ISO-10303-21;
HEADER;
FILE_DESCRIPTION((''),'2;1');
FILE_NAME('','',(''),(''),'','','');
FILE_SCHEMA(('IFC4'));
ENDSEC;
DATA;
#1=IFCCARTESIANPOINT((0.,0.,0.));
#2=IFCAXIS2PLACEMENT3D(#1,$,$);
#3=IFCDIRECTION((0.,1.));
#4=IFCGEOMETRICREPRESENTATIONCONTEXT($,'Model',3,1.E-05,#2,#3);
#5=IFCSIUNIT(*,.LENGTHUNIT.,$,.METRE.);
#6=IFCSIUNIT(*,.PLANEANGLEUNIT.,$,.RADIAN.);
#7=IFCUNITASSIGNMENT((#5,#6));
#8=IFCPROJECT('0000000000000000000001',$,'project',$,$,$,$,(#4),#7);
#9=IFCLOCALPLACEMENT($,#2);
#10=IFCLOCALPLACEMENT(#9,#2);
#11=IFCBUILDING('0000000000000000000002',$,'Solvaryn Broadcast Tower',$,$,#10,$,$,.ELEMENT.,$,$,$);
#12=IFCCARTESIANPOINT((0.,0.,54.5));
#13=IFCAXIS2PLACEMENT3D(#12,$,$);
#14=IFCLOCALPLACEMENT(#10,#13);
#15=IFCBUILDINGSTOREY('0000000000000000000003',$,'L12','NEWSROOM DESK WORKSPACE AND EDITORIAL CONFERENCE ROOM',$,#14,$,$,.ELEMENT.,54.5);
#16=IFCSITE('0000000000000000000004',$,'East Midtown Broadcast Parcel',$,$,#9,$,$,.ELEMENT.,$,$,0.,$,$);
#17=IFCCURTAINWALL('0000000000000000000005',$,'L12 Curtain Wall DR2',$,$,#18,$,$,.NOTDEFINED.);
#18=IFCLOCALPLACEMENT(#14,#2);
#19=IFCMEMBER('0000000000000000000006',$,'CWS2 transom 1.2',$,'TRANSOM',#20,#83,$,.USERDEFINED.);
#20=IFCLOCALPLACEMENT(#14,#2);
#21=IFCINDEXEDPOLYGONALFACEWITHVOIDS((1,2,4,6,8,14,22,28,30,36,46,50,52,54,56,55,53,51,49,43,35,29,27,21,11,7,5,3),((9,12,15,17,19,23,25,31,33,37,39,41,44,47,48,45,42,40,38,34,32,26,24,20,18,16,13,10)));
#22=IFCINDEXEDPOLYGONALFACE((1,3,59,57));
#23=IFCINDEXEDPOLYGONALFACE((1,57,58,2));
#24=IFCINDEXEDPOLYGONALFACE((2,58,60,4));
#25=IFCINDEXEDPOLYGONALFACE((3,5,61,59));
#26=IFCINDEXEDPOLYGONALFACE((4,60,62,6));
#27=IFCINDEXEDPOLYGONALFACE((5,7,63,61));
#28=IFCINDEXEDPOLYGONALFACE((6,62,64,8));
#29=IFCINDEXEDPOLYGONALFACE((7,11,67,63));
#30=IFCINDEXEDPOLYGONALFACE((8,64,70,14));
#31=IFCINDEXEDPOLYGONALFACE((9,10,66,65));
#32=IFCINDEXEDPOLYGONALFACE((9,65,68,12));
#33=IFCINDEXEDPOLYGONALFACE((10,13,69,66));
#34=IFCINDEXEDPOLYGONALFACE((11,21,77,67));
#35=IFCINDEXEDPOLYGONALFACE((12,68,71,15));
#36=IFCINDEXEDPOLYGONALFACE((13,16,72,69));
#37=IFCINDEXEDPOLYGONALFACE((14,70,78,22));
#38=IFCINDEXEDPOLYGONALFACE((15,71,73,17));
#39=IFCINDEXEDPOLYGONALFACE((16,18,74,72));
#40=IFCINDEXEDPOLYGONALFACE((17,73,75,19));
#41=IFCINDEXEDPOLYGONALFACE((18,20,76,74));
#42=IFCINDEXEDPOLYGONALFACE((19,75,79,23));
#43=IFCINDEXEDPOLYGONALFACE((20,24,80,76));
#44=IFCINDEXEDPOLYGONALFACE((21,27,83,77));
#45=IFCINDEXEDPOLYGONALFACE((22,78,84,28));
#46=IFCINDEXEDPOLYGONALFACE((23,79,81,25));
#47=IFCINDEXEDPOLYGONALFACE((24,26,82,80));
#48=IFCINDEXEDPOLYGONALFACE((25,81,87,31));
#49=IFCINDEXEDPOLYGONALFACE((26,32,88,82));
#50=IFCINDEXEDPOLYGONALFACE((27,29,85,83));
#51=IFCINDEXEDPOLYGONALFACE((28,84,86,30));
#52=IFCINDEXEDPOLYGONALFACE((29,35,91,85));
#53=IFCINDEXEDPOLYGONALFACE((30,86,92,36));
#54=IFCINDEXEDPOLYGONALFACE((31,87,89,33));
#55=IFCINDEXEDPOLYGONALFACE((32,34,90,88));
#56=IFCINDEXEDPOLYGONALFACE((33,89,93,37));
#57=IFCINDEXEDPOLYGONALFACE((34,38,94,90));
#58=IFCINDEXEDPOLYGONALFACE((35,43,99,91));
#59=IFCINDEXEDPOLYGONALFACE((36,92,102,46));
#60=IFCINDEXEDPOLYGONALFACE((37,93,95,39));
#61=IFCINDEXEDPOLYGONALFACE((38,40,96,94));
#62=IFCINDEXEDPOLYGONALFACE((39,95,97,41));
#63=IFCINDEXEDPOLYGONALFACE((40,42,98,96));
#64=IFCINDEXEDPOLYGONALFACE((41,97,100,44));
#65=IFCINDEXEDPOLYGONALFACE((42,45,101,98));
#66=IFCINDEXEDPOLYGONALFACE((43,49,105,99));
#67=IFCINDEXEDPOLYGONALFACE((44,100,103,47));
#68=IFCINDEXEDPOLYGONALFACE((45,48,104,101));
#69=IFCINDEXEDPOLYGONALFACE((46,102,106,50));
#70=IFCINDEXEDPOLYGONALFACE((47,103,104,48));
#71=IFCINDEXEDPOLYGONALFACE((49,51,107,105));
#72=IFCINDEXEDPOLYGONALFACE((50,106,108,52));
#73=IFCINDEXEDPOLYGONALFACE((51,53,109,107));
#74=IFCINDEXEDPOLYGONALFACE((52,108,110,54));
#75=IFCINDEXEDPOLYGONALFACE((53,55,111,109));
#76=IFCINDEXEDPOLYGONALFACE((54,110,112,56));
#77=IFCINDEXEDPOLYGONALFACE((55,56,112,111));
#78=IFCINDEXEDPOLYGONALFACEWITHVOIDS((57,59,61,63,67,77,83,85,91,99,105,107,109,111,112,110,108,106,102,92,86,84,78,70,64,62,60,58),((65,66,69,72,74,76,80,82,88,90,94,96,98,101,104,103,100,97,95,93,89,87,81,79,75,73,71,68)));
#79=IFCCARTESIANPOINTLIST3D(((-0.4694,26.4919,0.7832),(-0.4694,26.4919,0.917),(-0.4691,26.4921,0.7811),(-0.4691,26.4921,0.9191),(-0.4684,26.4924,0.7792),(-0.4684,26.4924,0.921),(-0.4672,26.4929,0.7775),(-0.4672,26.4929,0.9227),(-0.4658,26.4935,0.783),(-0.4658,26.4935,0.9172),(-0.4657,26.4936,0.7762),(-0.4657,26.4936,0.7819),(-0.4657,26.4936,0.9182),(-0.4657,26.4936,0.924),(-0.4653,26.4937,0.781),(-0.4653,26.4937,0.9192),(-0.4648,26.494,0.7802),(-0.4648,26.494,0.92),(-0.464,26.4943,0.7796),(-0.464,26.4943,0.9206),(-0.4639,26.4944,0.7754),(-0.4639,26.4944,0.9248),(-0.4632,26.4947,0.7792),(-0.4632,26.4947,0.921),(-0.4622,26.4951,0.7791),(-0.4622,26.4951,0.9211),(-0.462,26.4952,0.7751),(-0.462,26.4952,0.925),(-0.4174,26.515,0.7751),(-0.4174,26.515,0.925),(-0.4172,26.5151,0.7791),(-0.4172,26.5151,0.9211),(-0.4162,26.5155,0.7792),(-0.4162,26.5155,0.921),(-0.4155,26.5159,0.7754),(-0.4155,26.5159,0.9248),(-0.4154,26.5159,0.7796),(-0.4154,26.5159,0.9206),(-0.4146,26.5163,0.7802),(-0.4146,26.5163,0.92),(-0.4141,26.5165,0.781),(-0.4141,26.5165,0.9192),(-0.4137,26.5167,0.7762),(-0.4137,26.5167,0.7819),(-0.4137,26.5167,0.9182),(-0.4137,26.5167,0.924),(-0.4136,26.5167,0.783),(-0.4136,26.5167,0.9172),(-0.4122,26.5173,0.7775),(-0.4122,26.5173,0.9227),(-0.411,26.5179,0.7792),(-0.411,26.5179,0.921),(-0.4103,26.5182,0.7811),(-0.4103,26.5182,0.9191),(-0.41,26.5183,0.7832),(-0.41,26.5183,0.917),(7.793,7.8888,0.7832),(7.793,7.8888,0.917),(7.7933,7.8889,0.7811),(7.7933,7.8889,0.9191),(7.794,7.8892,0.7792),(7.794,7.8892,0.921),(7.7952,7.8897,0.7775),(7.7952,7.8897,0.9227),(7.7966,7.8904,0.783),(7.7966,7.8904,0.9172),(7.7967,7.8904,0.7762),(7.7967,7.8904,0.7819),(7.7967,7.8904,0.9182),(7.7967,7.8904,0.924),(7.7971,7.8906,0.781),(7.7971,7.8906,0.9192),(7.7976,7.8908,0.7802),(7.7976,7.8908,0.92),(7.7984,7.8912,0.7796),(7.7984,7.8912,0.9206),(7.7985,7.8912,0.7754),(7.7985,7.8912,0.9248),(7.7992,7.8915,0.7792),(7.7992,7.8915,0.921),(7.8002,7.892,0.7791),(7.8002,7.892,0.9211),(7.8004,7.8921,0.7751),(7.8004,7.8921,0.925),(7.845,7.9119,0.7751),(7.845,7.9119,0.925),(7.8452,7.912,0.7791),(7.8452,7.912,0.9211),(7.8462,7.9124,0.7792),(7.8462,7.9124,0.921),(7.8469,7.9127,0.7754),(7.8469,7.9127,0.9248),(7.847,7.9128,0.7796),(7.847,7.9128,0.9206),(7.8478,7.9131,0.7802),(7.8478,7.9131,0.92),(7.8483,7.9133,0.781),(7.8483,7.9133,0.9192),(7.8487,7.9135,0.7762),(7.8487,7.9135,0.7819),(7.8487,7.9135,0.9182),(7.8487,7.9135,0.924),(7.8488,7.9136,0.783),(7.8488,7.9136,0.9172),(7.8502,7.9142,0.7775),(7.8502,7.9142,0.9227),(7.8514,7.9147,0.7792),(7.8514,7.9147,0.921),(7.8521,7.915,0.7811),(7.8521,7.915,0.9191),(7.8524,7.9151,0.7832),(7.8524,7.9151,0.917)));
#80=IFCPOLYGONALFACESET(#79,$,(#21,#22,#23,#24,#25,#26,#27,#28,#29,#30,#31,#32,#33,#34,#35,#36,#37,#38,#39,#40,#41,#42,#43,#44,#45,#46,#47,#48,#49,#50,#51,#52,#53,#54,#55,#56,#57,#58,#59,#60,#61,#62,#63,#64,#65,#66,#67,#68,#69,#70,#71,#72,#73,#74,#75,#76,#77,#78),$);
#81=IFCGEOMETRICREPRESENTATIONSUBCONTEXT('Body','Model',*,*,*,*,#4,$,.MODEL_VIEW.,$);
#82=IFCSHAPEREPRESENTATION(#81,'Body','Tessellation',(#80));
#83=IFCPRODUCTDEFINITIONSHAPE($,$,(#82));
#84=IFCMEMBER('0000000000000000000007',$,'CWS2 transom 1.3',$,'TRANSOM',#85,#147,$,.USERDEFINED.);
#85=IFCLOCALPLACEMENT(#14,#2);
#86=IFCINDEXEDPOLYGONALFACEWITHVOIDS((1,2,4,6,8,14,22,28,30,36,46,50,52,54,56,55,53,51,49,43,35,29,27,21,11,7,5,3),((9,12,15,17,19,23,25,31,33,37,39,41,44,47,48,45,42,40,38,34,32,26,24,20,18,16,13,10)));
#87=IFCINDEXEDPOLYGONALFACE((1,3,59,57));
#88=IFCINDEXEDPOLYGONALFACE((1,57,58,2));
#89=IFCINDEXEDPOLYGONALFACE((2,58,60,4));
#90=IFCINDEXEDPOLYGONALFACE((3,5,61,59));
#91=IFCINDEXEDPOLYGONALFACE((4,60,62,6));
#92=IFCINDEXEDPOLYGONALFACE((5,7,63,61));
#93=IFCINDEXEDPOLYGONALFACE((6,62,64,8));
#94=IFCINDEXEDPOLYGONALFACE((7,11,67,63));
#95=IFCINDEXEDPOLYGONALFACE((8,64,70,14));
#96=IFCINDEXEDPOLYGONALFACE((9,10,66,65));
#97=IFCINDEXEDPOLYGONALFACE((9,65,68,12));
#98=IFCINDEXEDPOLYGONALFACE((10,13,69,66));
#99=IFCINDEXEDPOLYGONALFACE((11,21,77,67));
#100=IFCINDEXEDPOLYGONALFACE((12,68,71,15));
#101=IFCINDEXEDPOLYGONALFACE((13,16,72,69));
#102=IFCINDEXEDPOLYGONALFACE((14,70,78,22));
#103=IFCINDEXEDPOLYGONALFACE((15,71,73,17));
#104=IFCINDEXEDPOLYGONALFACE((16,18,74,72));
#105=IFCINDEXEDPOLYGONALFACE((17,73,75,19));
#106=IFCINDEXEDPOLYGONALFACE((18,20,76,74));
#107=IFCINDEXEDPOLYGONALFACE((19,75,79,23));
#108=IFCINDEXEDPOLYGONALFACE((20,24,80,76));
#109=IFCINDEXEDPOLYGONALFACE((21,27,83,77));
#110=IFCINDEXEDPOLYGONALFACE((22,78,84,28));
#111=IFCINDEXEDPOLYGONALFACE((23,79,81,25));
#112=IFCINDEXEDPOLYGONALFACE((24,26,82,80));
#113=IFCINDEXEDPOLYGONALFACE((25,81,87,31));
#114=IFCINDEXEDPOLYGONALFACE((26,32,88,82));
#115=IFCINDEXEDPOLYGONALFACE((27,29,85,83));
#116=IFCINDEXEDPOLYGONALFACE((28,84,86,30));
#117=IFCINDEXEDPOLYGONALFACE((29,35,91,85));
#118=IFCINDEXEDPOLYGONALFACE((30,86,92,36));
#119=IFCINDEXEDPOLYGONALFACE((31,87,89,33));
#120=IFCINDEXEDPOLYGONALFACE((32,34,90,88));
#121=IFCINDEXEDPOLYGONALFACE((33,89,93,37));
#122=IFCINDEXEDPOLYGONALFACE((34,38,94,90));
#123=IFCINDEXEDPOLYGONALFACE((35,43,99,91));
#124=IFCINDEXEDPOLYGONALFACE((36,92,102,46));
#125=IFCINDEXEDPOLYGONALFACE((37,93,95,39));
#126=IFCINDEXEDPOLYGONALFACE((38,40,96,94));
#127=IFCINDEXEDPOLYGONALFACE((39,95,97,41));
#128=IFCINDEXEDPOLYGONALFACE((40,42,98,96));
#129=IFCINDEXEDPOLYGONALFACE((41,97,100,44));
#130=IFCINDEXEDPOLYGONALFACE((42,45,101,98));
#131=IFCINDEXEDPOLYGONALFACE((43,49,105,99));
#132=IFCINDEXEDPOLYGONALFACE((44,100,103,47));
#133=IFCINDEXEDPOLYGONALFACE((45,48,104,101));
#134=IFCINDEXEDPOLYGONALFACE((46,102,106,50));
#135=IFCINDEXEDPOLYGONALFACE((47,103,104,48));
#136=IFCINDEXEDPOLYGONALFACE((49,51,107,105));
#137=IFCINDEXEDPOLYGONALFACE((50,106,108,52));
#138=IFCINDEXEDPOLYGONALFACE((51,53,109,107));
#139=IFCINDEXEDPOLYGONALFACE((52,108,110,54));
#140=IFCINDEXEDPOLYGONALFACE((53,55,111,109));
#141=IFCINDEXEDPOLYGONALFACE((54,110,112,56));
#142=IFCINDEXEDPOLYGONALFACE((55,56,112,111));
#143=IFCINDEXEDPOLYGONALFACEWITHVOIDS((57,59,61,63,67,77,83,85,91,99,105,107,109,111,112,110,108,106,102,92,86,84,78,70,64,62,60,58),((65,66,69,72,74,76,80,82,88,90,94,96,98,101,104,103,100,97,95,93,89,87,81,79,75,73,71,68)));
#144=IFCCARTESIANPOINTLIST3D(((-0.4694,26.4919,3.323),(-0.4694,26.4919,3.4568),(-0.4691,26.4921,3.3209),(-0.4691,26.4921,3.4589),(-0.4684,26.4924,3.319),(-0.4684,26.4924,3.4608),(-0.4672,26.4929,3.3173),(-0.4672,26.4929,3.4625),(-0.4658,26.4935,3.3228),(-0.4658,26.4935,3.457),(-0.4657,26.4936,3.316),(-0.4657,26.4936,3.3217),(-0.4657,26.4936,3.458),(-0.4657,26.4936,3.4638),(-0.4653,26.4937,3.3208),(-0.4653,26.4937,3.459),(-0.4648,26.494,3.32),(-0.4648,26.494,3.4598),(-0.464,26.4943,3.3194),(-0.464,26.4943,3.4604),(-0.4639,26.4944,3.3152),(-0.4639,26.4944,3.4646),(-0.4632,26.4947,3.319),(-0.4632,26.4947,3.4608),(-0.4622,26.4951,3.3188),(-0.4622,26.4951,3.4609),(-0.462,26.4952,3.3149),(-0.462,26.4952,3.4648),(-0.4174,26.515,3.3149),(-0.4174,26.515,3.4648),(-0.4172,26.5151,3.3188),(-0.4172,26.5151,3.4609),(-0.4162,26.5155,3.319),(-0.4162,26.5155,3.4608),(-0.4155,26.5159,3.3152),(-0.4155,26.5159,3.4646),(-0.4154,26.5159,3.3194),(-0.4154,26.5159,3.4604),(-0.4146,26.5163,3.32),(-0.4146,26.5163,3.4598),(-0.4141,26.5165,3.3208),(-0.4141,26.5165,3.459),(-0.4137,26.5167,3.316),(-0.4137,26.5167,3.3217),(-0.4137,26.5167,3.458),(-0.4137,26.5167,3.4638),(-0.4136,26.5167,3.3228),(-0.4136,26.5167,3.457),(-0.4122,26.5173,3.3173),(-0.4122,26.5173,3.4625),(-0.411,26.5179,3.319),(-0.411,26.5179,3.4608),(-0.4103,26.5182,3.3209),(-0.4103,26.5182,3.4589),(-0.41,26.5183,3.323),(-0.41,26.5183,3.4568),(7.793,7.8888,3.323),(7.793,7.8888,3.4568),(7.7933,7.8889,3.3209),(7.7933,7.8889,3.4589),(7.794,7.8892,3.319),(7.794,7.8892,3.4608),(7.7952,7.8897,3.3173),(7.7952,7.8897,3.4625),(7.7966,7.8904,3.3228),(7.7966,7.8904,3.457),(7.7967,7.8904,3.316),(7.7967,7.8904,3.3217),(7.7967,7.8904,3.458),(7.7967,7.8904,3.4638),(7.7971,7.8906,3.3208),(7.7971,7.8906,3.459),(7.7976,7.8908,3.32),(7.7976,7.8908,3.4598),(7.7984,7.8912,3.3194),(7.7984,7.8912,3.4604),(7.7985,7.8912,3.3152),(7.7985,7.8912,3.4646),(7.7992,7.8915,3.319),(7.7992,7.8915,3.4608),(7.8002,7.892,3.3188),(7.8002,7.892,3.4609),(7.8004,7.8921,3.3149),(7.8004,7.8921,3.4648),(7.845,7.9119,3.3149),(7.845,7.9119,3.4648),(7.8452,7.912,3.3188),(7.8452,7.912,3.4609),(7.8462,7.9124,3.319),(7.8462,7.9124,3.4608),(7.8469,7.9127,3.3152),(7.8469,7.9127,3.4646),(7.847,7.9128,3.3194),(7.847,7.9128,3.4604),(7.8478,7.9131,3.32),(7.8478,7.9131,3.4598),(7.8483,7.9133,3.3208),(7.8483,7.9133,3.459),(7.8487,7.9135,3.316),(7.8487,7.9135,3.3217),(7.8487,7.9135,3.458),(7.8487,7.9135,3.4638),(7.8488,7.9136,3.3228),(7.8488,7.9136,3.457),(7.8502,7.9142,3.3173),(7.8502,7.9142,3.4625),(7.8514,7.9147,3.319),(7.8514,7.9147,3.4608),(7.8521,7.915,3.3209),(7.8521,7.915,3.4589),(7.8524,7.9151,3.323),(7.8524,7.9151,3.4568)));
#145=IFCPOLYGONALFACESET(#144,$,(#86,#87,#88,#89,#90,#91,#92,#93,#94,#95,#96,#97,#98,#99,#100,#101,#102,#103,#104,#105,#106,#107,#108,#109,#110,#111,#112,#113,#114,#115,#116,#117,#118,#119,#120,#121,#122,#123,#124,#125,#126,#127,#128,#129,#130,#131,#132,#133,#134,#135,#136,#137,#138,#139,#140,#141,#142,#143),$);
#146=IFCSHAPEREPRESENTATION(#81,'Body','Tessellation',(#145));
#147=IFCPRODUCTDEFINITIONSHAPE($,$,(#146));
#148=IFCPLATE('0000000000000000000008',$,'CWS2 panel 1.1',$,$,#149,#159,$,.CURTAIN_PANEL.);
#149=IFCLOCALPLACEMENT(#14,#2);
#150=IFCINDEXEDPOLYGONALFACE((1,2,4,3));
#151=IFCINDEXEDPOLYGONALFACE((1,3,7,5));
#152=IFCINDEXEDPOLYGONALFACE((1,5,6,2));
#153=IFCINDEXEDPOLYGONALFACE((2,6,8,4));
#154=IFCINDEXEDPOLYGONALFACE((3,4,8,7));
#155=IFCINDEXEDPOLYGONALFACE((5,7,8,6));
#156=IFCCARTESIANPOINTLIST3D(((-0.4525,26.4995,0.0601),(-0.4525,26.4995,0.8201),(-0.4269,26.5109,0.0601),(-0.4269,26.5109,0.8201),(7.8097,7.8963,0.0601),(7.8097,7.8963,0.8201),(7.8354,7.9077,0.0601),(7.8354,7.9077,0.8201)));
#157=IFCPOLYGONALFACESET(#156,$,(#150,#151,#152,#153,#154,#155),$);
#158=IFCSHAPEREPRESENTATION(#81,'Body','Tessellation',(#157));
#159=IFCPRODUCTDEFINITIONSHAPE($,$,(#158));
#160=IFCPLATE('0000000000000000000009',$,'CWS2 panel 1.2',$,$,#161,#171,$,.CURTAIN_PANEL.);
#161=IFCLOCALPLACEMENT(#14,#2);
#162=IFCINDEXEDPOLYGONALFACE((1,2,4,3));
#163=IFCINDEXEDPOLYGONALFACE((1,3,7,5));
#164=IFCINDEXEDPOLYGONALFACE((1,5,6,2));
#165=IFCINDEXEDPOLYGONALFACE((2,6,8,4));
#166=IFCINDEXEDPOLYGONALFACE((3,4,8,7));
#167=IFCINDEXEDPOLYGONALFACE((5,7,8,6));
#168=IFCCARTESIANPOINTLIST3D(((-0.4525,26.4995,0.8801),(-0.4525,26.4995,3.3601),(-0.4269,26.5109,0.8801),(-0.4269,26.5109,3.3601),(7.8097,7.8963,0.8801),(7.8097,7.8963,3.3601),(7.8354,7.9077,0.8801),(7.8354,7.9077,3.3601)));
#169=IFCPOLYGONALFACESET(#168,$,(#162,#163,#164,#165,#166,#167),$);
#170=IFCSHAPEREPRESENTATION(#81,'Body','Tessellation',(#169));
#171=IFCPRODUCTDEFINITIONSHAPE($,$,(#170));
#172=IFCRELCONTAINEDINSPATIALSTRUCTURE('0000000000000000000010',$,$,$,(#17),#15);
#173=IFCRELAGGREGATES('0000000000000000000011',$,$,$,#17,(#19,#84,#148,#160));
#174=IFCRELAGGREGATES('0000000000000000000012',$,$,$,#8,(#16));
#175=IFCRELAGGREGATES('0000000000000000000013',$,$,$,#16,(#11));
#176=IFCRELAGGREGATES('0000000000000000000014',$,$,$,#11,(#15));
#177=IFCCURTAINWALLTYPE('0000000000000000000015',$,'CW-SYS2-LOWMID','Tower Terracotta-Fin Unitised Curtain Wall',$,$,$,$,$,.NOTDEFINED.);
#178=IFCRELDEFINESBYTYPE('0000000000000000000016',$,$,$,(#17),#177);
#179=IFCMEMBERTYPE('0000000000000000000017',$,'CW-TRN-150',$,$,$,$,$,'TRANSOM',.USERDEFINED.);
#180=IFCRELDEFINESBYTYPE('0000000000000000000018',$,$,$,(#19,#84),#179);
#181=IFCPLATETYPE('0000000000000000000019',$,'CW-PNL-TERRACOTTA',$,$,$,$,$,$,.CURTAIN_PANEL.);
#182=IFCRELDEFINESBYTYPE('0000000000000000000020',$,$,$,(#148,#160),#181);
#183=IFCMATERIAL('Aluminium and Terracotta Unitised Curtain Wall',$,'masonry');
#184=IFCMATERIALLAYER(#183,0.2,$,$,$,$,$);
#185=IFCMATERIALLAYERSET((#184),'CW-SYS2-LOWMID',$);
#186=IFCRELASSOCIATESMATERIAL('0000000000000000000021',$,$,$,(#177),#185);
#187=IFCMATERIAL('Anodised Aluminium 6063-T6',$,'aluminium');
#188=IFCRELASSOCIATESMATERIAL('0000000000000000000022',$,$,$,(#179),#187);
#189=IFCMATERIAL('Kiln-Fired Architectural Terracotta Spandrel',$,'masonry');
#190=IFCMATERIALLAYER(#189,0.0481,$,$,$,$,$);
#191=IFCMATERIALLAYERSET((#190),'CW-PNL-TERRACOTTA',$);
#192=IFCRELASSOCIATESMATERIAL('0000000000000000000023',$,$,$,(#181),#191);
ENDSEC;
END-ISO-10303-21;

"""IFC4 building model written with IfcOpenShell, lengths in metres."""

from ifc_helpers import new_model, si_unit, direction, frame, origin, origin_2d, place, context, subcontext, project, spatial, rectangle, hollow_rectangle, extrude, material, layer, layer_set, material_profile, profile_set, type_object, element, aggregate, save


model = new_model("IFC4")

# Units and contexts
model_context = context("Model", 3, precision=1e-05, world=origin(), true_north=direction((0.0, 1.0)))
body_context = subcontext(model_context, "Body", "Model", "MODEL_VIEW")
ifc_project = project(units=[si_unit("LENGTHUNIT", "METRE"), si_unit("PLANEANGLEUNIT", "RADIAN")], contexts=[model_context])

# Site, building, storey
site_placement = place(None, origin())
site = spatial("IfcSite", under=ifc_project, at=site_placement, Name="East Midtown Broadcast Parcel", CompositionType="ELEMENT", RefElevation=0.0)
building_placement = place(site_placement, origin())
building = spatial("IfcBuilding", under=site, at=building_placement, Name="Solvaryn Broadcast Tower", CompositionType="ELEMENT")
storey_placement = place(building_placement, frame((0.0, 0.0, 54.5)))
storey = spatial("IfcBuildingStorey", under=building, at=storey_placement, Name="L12", Description="NEWSROOM DESK WORKSPACE AND EDITORIAL CONFERENCE ROOM", CompositionType="ELEMENT", Elevation=54.5)

# Shared definitions
ifc_material_1 = material(Name="Aluminium and Terracotta Unitised Curtain Wall", Category="masonry")
ifc_layer_1 = layer(ifc_material_1, 0.2)
ifc_layer_set_1 = layer_set([ifc_layer_1], Name="CW-SYS2-LOWMID")
curtain_wall_type = type_object("IfcCurtainWallType", Name="CW-SYS2-LOWMID", Description="Tower Terracotta-Fin Unitised Curtain Wall", PredefinedType="NOTDEFINED", material=ifc_layer_set_1)

# Curtain wall, members, plates
curtain_wall_1_placement = place(storey_placement, origin())
curtain_wall_1 = element("IfcCurtainWall", 1, at=curtain_wall_1_placement, inside=storey, type_object=curtain_wall_type, Name="L12 Curtain Wall DR2", PredefinedType="NOTDEFINED")
ifc_material_2 = material(Name="Anodised Aluminium 6063-T6", Category="aluminium")
ifc_material_profile_1 = material_profile(ifc_material_2, hollow_rectangle(XDim=0.0649, YDim=0.1499, WallThickness=0.0039, InnerFilletRadius=0.0039, OuterFilletRadius=0.0081, at=origin_2d()))
ifc_profile_set_1 = profile_set([ifc_material_profile_1], Name="Anodised Aluminium 6063-T6")
member_type_1 = type_object("IfcMemberType", Name="CW-TRN-150", ElementType="TRANSOM", PredefinedType="USERDEFINED", material=ifc_profile_set_1)
member_1_placement = place(storey_placement, frame((-0.4397, 26.5051, 0.8501), z_axis=(0.405906, -0.913915, 0.0), x_axis=(0.913915, 0.405906, 0.0)))
member_1 = element("IfcMember", 2, at=member_1_placement, type_object=member_type_1, Name="CWS2 transom 1.2", ObjectType="TRANSOM", PredefinedType="USERDEFINED", context=body_context, shape_type="SweptSolid", body=[
    extrude(hollow_rectangle(XDim=0.0649, YDim=0.1499, WallThickness=0.0039, InnerFilletRadius=0.0039, OuterFilletRadius=0.0081, at=origin_2d()), origin(), (0.0, 0.0, 1.0), 20.3555),
])
member_2_placement = place(storey_placement, frame((-0.4397, 26.5051, 3.3899), z_axis=(0.405906, -0.913915, 0.0), x_axis=(0.913915, 0.405906, 0.0)))
member_2 = element("IfcMember", 3, at=member_2_placement, type_object=member_type_1, Name="CWS2 transom 1.3", ObjectType="TRANSOM", PredefinedType="USERDEFINED", context=body_context, shape_type="SweptSolid", body=[
    extrude(hollow_rectangle(XDim=0.0649, YDim=0.1499, WallThickness=0.0039, InnerFilletRadius=0.0039, OuterFilletRadius=0.0081, at=origin_2d()), origin(), (0.0, 0.0, 1.0), 20.3555),
])
ifc_material_3 = material(Name="Kiln-Fired Architectural Terracotta Spandrel", Category="masonry")
ifc_layer_2 = layer(ifc_material_3, 0.0481)
ifc_layer_set_2 = layer_set([ifc_layer_2], Name="CW-PNL-TERRACOTTA")
plate_type = type_object("IfcPlateType", Name="CW-PNL-TERRACOTTA", PredefinedType="CURTAIN_PANEL", material=ifc_layer_set_2)
plate_1_placement = place(storey_placement, frame((3.6914, 17.2036, 0.0601), z_axis=(0.0, 0.0, 1.0), x_axis=(0.405898, -0.913918, 0.0)))
plate_1 = element("IfcPlate", 4, at=plate_1_placement, type_object=plate_type, Name="CWS2 panel 1.1", PredefinedType="CURTAIN_PANEL", context=body_context, shape_type="SweptSolid", body=[
    extrude(rectangle(XDim=20.3555, YDim=0.0281, at=origin_2d()), origin(), (0.0, 0.0, 1.0), 0.76),
])
plate_2_placement = place(storey_placement, frame((3.6914, 17.2036, 0.8801), z_axis=(0.0, 0.0, 1.0), x_axis=(0.405898, -0.913918, 0.0)))
plate_2 = element("IfcPlate", 5, at=plate_2_placement, type_object=plate_type, Name="CWS2 panel 1.2", PredefinedType="CURTAIN_PANEL", context=body_context, shape_type="SweptSolid", body=[
    extrude(rectangle(XDim=20.3555, YDim=0.0281, at=origin_2d()), origin(), (0.0, 0.0, 1.0), 2.48),
])
aggregate(curtain_wall_1, [member_1, member_2, plate_1, plate_2])

save(model, "model.ifc")
